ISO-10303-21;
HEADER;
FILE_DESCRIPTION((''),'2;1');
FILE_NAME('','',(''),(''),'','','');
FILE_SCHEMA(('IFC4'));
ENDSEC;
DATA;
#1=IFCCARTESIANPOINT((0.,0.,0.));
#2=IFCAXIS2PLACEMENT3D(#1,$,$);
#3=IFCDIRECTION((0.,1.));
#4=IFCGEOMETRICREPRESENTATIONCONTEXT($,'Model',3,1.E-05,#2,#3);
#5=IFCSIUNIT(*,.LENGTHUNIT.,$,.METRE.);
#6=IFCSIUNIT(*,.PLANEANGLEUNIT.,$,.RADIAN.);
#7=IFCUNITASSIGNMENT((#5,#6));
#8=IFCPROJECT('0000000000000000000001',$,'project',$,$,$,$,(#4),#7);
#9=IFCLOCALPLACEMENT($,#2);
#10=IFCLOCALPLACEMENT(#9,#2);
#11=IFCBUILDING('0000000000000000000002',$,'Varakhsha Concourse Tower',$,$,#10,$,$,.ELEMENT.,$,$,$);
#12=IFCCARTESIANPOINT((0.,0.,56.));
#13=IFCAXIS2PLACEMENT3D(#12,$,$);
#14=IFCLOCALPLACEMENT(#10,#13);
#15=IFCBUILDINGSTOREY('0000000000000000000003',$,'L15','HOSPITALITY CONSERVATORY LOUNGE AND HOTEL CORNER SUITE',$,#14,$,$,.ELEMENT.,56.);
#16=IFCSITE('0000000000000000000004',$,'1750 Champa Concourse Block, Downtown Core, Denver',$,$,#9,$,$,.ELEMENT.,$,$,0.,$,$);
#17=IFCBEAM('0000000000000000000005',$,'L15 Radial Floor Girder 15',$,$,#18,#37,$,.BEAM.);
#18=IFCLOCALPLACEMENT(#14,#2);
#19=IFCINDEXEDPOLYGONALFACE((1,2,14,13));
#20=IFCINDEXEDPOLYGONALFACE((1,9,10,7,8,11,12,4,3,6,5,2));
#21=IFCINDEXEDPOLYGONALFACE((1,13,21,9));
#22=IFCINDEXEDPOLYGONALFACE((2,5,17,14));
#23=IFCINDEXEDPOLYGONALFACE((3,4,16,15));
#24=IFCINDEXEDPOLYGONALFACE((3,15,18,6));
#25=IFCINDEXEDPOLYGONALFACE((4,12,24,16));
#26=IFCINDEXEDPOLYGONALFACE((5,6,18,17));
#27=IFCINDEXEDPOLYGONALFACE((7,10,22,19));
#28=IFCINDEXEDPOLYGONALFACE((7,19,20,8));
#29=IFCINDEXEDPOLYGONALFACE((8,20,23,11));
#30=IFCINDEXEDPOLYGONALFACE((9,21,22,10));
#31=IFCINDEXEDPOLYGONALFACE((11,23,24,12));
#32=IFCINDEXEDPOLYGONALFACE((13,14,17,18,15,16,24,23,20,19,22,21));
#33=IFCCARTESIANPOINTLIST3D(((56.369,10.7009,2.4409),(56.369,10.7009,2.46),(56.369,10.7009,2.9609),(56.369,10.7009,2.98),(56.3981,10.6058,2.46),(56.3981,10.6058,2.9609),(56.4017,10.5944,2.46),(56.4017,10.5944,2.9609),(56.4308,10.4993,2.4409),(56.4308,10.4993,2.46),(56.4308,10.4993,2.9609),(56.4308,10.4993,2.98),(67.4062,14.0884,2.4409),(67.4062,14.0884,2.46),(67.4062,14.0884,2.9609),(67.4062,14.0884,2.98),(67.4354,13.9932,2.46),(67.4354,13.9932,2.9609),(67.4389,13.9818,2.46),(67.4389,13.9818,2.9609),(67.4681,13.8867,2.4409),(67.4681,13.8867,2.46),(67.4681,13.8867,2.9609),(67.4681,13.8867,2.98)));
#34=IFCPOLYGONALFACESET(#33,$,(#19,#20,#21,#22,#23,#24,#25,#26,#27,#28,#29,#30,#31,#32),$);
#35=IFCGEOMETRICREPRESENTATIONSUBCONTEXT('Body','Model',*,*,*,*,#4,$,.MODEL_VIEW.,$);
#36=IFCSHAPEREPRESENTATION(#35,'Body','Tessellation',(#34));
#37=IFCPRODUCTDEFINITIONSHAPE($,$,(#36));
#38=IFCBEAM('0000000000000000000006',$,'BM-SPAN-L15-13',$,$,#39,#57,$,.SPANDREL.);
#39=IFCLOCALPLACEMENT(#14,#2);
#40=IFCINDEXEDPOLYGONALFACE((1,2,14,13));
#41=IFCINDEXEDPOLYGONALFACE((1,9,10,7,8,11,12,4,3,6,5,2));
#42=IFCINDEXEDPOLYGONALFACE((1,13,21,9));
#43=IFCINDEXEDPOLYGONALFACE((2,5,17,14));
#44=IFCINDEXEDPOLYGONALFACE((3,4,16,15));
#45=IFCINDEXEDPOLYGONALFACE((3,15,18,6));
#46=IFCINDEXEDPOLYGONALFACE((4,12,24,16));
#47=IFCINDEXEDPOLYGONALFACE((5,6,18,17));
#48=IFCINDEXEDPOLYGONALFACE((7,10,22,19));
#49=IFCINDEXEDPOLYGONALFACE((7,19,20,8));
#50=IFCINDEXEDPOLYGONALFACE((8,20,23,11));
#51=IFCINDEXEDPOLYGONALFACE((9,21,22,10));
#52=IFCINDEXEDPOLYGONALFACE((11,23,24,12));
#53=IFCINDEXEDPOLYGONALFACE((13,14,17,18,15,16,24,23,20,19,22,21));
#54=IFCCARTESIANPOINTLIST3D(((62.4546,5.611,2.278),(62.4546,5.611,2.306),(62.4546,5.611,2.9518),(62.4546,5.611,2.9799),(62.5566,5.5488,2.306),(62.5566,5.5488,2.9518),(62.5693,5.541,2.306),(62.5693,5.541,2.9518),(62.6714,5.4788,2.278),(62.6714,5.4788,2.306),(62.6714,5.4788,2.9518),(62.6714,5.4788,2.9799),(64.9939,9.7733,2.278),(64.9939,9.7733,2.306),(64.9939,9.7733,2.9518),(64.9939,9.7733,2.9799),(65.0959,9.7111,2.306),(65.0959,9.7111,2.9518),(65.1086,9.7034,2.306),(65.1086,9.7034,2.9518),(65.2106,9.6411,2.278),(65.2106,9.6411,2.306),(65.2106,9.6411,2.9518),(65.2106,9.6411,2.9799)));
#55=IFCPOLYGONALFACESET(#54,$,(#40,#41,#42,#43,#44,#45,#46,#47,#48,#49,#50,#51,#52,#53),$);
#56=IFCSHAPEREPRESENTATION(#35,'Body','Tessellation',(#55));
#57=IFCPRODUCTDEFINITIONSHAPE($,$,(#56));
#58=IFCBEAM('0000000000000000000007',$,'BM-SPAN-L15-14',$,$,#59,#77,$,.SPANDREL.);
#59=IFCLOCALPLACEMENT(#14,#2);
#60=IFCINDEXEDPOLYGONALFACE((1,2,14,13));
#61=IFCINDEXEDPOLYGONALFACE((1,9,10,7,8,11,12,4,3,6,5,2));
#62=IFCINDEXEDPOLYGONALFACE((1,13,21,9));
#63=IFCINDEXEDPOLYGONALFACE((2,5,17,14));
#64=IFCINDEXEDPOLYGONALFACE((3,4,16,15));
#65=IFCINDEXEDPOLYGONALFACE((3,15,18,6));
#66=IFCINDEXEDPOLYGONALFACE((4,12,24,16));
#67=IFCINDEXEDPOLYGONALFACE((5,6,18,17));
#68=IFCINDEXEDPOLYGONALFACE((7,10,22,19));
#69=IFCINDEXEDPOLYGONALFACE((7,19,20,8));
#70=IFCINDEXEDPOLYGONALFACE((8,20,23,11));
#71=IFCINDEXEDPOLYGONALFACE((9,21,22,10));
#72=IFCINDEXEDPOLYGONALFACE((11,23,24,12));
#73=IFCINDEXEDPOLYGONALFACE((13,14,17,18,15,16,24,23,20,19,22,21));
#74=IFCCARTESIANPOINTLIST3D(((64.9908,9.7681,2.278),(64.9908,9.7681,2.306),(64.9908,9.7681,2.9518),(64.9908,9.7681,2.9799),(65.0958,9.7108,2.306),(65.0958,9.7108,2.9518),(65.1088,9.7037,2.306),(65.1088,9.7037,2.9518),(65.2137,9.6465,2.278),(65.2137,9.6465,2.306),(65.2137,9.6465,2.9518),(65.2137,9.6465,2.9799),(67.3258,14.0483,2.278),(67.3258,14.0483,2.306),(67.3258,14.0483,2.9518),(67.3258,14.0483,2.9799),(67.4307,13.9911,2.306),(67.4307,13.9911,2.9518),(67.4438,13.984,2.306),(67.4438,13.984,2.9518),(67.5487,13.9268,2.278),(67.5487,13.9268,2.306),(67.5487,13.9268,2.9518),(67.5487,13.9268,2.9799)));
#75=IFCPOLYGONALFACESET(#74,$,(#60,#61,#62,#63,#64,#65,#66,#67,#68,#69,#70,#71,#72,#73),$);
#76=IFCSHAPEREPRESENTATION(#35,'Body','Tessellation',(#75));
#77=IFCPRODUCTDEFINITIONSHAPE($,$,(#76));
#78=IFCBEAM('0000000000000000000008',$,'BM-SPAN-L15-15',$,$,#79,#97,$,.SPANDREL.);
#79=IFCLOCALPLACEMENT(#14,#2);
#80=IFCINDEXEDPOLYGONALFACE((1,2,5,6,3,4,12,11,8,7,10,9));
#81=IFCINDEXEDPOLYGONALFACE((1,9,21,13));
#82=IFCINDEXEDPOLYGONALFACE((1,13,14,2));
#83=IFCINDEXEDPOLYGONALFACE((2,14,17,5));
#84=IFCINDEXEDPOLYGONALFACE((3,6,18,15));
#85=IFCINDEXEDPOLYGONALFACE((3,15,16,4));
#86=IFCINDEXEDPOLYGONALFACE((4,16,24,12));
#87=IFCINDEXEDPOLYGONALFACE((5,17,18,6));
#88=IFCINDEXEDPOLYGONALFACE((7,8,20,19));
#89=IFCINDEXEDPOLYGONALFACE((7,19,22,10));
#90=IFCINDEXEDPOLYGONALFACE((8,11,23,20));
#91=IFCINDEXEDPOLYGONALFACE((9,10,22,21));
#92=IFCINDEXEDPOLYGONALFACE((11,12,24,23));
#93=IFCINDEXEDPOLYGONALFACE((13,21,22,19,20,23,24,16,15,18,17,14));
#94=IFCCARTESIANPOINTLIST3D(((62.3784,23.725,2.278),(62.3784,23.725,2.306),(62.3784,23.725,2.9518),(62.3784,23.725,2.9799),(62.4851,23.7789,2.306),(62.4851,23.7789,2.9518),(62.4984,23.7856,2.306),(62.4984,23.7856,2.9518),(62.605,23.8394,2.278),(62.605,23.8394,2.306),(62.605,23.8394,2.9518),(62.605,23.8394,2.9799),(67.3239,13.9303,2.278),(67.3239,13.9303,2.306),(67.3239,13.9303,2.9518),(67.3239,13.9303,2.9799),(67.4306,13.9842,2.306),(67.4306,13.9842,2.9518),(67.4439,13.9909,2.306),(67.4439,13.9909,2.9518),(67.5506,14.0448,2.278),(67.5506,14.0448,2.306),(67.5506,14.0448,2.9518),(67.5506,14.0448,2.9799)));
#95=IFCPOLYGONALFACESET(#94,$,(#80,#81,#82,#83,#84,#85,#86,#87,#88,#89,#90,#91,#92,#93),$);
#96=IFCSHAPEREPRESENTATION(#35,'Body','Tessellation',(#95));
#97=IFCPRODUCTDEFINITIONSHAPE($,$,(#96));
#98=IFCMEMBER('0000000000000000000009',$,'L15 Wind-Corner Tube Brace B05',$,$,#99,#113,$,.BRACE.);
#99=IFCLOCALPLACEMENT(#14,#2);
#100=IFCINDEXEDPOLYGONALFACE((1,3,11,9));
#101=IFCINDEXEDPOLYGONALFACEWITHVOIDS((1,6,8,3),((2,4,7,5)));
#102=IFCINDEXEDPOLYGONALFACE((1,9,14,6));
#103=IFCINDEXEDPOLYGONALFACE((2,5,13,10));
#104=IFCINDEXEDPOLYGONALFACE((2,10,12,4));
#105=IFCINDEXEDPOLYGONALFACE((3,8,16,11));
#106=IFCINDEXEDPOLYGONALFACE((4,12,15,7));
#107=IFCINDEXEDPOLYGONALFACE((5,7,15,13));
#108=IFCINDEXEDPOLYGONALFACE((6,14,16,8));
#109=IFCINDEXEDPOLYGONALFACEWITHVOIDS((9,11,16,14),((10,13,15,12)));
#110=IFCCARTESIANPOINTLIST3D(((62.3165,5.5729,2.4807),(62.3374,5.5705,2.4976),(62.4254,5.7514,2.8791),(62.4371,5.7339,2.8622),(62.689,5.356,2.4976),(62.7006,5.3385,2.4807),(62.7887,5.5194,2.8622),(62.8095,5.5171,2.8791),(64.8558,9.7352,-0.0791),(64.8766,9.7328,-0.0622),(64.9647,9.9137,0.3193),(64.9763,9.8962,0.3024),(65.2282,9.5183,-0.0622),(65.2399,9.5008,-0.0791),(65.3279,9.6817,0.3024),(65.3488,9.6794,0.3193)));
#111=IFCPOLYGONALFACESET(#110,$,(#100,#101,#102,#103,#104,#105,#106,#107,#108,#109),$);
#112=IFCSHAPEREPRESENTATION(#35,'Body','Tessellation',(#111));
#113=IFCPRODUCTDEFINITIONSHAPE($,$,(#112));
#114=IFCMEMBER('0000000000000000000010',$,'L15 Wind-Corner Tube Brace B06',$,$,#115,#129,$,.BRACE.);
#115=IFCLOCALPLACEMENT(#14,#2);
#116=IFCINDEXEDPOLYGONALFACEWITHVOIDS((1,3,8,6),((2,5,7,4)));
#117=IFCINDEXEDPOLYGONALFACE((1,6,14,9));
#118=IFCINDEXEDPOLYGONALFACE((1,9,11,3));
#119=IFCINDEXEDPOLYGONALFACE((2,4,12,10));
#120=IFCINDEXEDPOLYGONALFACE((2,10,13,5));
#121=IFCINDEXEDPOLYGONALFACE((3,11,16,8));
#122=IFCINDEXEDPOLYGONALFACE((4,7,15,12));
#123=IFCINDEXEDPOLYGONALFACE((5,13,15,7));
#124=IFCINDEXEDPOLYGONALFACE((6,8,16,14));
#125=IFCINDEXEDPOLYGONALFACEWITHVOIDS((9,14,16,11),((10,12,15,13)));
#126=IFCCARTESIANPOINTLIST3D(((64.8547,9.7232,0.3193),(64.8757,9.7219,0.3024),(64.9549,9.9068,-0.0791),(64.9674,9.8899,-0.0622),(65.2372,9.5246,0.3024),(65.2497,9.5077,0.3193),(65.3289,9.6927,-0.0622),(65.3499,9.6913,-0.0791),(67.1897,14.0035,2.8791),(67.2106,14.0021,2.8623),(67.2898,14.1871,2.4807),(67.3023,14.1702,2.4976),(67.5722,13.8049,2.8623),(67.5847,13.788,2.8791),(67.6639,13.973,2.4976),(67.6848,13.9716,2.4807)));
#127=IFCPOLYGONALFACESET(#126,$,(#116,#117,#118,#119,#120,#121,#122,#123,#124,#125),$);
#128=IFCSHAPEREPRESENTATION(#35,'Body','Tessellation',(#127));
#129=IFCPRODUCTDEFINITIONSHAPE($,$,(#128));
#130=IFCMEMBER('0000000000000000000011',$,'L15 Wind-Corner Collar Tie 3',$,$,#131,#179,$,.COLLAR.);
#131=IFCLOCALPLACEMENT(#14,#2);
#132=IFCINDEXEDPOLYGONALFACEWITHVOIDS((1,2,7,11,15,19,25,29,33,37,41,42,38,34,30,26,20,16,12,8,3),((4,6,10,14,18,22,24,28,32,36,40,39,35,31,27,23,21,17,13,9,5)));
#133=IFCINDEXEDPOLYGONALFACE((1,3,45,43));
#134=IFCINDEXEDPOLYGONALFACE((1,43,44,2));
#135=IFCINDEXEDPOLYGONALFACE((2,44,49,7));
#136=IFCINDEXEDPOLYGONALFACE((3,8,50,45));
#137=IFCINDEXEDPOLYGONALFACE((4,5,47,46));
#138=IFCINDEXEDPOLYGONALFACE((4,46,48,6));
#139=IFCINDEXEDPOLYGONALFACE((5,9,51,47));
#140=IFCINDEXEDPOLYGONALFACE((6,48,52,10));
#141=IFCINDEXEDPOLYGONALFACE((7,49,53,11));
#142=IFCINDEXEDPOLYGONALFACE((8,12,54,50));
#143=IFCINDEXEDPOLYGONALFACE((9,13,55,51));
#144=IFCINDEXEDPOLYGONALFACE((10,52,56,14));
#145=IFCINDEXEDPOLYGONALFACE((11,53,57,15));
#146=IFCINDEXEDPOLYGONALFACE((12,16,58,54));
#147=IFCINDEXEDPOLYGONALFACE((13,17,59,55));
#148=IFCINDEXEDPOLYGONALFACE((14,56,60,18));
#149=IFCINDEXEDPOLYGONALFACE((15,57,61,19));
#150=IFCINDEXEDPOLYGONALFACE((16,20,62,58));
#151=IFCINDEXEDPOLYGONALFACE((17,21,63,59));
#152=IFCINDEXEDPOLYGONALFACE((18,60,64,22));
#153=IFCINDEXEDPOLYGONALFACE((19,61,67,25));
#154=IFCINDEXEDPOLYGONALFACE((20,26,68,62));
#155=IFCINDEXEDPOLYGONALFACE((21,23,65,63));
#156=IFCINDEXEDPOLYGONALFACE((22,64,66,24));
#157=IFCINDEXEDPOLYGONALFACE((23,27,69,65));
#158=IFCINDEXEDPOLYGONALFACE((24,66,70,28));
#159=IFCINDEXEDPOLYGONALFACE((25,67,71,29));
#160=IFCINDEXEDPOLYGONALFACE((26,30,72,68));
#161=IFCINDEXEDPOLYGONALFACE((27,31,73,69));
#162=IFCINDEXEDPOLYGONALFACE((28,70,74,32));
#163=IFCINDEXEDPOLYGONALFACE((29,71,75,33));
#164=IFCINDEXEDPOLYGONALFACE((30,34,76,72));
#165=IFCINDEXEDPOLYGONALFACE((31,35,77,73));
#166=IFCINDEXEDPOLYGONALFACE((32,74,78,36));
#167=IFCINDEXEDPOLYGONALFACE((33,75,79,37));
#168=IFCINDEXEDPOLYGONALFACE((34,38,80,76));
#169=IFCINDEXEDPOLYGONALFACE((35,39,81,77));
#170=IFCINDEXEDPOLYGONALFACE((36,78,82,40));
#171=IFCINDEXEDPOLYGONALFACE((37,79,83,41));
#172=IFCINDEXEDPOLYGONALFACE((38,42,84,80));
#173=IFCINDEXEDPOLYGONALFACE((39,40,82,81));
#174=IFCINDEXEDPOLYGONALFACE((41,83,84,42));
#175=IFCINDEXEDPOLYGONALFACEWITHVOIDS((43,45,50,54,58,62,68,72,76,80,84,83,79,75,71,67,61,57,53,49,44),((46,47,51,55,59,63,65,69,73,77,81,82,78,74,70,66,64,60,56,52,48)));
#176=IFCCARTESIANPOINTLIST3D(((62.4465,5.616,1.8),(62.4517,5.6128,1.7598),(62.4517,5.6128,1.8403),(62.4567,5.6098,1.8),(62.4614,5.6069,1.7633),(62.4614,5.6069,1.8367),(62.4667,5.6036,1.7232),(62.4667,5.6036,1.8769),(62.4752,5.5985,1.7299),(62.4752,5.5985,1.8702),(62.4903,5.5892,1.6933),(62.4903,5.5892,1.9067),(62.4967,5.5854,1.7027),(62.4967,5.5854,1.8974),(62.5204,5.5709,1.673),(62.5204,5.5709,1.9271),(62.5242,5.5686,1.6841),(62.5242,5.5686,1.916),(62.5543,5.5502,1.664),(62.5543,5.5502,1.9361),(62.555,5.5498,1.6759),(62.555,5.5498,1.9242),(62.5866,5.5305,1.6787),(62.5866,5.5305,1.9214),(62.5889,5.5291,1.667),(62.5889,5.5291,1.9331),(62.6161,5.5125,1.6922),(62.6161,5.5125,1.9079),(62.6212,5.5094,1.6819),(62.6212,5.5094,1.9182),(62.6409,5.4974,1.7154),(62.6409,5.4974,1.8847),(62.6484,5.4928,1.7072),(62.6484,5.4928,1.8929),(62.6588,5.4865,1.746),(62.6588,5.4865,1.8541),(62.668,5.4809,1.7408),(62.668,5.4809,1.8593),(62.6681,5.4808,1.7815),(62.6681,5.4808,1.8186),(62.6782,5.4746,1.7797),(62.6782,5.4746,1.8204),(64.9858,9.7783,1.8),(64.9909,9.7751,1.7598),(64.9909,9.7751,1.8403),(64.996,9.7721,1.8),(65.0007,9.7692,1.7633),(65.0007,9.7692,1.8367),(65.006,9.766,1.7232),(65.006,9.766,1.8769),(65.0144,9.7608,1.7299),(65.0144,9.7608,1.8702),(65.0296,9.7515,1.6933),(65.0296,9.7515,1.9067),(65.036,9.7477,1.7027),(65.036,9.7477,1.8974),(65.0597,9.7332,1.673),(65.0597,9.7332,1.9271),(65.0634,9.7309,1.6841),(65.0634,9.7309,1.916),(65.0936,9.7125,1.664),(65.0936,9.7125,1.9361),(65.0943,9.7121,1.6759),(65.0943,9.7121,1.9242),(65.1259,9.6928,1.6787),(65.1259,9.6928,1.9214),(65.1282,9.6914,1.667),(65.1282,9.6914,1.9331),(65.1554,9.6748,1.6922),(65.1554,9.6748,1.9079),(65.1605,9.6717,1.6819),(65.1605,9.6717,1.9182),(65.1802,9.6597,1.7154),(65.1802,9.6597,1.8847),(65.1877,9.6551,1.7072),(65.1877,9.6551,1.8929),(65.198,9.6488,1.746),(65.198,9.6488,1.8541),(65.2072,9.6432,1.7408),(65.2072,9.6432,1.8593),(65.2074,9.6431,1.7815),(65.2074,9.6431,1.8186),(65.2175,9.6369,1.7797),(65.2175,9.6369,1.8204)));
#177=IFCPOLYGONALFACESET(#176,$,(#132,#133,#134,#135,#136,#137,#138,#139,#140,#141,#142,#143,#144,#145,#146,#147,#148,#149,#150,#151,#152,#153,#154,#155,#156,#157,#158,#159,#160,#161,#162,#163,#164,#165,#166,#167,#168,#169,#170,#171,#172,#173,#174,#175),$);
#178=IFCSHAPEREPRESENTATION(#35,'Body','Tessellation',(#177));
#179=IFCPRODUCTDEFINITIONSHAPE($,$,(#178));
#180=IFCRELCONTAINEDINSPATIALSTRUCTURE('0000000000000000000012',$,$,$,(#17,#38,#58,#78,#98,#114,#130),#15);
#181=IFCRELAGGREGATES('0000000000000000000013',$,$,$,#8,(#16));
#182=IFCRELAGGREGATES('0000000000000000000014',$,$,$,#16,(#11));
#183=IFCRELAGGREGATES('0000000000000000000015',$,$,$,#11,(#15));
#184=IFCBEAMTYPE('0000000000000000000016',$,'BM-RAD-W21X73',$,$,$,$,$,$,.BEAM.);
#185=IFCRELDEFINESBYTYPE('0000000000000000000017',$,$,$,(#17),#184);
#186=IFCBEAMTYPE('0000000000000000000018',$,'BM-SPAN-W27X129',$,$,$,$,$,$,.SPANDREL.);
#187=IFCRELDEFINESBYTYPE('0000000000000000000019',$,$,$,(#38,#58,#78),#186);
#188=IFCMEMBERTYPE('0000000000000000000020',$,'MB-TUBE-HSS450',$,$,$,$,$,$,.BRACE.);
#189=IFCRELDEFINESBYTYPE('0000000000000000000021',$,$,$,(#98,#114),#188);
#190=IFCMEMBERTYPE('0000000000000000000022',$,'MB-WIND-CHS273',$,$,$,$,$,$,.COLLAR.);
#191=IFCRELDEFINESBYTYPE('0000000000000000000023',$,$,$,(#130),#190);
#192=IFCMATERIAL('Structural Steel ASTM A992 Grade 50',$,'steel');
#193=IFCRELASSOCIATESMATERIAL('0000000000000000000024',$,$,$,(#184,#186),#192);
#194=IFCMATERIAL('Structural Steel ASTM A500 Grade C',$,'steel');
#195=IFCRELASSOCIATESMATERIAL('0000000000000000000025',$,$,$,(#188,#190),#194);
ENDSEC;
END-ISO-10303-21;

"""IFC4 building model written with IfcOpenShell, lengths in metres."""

from ifc_helpers import new_model, si_unit, direction, frame, origin, origin_2d, place, context, subcontext, project, spatial, hollow_rectangle, hollow_circle, i_section, extrude, source, transform, mapped, material, material_profile, profile_set, type_object, type_shapes, element, save


model = new_model("IFC4")

# Units and contexts
model_context = context("Model", 3, precision=1e-05, world=origin(), true_north=direction((0.0, 1.0)))
body_context = subcontext(model_context, "Body", "Model", "MODEL_VIEW")
ifc_project = project(units=[si_unit("LENGTHUNIT", "METRE"), si_unit("PLANEANGLEUNIT", "RADIAN")], contexts=[model_context])

# Site, building, storey
site_placement = place(None, origin())
site = spatial("IfcSite", under=ifc_project, at=site_placement, Name="1750 Champa Concourse Block, Downtown Core, Denver", CompositionType="ELEMENT", RefElevation=0.0)
building_placement = place(site_placement, origin())
building = spatial("IfcBuilding", under=site, at=building_placement, Name="Varakhsha Concourse Tower", CompositionType="ELEMENT")
storey_placement = place(building_placement, frame((0.0, 0.0, 56.0)))
storey = spatial("IfcBuildingStorey", under=building, at=storey_placement, Name="L15", Description="HOSPITALITY CONSERVATORY LOUNGE AND HOTEL CORNER SUITE", CompositionType="ELEMENT", Elevation=56.0)

# Shared definitions
ifc_material_1 = material(Name="Structural Steel ASTM A992 Grade 50", Category="steel")

# Beams
ifc_material_profile_1 = material_profile(ifc_material_1, i_section(OverallWidth=0.2109, OverallDepth=0.5391, WebThickness=0.012, FlangeThickness=0.019, at=origin_2d()), Name="W21X73")
ifc_profile_set_1 = profile_set([ifc_material_profile_1], Name="Structural Steel ASTM A992 Grade 50")
beam_type_1 = type_object("IfcBeamType", Name="BM-RAD-W21X73", PredefinedType="BEAM", material=ifc_profile_set_1)
beam_1_placement = place(storey_placement, frame((56.3999, 10.6001, 2.7104), z_axis=(0.95599, 0.293401, 0.0), x_axis=(-0.293401, 0.95599, 0.0)))
element("IfcBeam", 1, at=beam_1_placement, inside=storey, type_object=beam_type_1, Name="L15 Radial Floor Girder 15", PredefinedType="BEAM", context=body_context, shape_type="SweptSolid", body=[
    extrude(i_section(OverallWidth=0.2109, OverallDepth=0.5391, WebThickness=0.012, FlangeThickness=0.019, at=origin_2d()), origin(), (0.0, 0.0, 1.0), 11.5454),
])
ifc_material_profile_2 = material_profile(ifc_material_1, i_section(OverallWidth=0.2539, OverallDepth=0.7019, WebThickness=0.0149, FlangeThickness=0.0281, at=origin_2d()), Name="W27X129")
ifc_profile_set_2 = profile_set([ifc_material_profile_2], Name="Structural Steel ASTM A992 Grade 50")
beam_type_2 = type_object("IfcBeamType", Name="BM-SPAN-W27X129", PredefinedType="SPANDREL", material=ifc_profile_set_2)
for number, where, z_axis, x_axis, name in (
    (2, (62.563, 5.5449, 2.6289), (0.5208, 0.853679, 0.0), (-0.853679, 0.5208, 0.0), "BM-SPAN-L15-13"),
    (3, (65.1023, 9.7073, 2.6289), (0.478894, 0.877873, 0.0), (-0.877873, 0.478894, 0.0), "BM-SPAN-L15-14"),
):
    element("IfcBeam", number, at=place(storey_placement, frame(where, z_axis=z_axis, x_axis=x_axis)), inside=storey, type_object=beam_type_2, Name=name, PredefinedType="SPANDREL", context=body_context, shape_type="SweptSolid", body=[
        extrude(i_section(OverallWidth=0.2539, OverallDepth=0.7019, WebThickness=0.0149, FlangeThickness=0.0281, at=origin_2d()), origin(), (0.0, 0.0, 1.0), 4.8757),
    ])
beam_2_placement = place(storey_placement, frame((67.4373, 13.9875, 2.6289), z_axis=(-0.450726, 0.892663, 0.0), x_axis=(-0.892663, -0.450726, 0.0)))
element("IfcBeam", 4, at=beam_2_placement, inside=storey, type_object=beam_type_2, Name="BM-SPAN-L15-15", PredefinedType="SPANDREL", context=body_context, shape_type="SweptSolid", body=[
    extrude(i_section(OverallWidth=0.2539, OverallDepth=0.7019, WebThickness=0.0149, FlangeThickness=0.0281, at=origin_2d()), origin(), (0.0, 0.0, 1.0), 10.9724),
])

# Members
ifc_material_2 = material(Name="Structural Steel ASTM A500 Grade C", Category="steel")
ifc_material_profile_3 = material_profile(ifc_material_2, hollow_rectangle(XDim=0.45, YDim=0.45, WallThickness=0.019, at=origin_2d()), Name="HSS 450x450x19")
ifc_profile_set_3 = profile_set([ifc_material_profile_3], Name="Structural Steel ASTM A500 Grade C")
member_type_1 = type_object("IfcMemberType", Name="MB-TUBE-HSS450", PredefinedType="BRACE", material=ifc_profile_set_3)
shared_shape_1 = source(origin(), body_context, "Body", "SweptSolid", [
    extrude(hollow_rectangle(XDim=0.45, YDim=0.45, WallThickness=0.019, at=origin_2d()), origin(), (0.0, 0.0, 1.0), 5.5068),
])
type_shapes(member_type_1, [shared_shape_1])
for number, where, z_axis, x_axis, name in (
    (5, (65.1023, 9.7073, 0.1201), (-0.461114, -0.755844, 0.464838), (0.853679, -0.5208, 0.0), "L15 Wind-Corner Tube Brace B05"),
    (6, (65.1023, 9.7073, 0.1201), (0.42401, 0.777263, 0.464842), (-0.877873, 0.478894, 0.0), "L15 Wind-Corner Tube Brace B06"),
):
    element("IfcMember", number, at=place(storey_placement, frame(where, z_axis=z_axis, x_axis=x_axis)), inside=storey, type_object=member_type_1, Name=name, PredefinedType="BRACE", context=body_context, shape_type="MappedRepresentation", body=[
        mapped(shared_shape_1, transform((0.0, 0.0, 0.0), scale=1.0)),
    ])
ifc_material_profile_4 = material_profile(ifc_material_2, hollow_circle(Radius=0.1365, WallThickness=0.012, at=origin_2d()), Name="CHS 273x12")
ifc_profile_set_4 = profile_set([ifc_material_profile_4], Name="Structural Steel ASTM A500 Grade C")
member_type_2 = type_object("IfcMemberType", Name="MB-WIND-CHS273", PredefinedType="COLLAR", material=ifc_profile_set_4)
shared_shape_2 = source(origin(), body_context, "Body", "SweptSolid", [
    extrude(hollow_circle(Radius=0.1365, WallThickness=0.012, at=origin_2d()), origin(), (0.0, 0.0, 1.0), 4.8757),
])
type_shapes(member_type_2, [shared_shape_2])
member_1_placement = place(storey_placement, frame((62.563, 5.5449, 1.8), z_axis=(0.5208, 0.853679, 0.0), x_axis=(-0.853679, 0.5208, 0.0)))
element("IfcMember", 7, at=member_1_placement, inside=storey, type_object=member_type_2, Name="L15 Wind-Corner Collar Tie 3", PredefinedType="COLLAR", context=body_context, shape_type="MappedRepresentation", body=[
    mapped(shared_shape_2, transform((0.0, 0.0, 0.0), scale=1.0)),
])

save(model, "model.ifc")
